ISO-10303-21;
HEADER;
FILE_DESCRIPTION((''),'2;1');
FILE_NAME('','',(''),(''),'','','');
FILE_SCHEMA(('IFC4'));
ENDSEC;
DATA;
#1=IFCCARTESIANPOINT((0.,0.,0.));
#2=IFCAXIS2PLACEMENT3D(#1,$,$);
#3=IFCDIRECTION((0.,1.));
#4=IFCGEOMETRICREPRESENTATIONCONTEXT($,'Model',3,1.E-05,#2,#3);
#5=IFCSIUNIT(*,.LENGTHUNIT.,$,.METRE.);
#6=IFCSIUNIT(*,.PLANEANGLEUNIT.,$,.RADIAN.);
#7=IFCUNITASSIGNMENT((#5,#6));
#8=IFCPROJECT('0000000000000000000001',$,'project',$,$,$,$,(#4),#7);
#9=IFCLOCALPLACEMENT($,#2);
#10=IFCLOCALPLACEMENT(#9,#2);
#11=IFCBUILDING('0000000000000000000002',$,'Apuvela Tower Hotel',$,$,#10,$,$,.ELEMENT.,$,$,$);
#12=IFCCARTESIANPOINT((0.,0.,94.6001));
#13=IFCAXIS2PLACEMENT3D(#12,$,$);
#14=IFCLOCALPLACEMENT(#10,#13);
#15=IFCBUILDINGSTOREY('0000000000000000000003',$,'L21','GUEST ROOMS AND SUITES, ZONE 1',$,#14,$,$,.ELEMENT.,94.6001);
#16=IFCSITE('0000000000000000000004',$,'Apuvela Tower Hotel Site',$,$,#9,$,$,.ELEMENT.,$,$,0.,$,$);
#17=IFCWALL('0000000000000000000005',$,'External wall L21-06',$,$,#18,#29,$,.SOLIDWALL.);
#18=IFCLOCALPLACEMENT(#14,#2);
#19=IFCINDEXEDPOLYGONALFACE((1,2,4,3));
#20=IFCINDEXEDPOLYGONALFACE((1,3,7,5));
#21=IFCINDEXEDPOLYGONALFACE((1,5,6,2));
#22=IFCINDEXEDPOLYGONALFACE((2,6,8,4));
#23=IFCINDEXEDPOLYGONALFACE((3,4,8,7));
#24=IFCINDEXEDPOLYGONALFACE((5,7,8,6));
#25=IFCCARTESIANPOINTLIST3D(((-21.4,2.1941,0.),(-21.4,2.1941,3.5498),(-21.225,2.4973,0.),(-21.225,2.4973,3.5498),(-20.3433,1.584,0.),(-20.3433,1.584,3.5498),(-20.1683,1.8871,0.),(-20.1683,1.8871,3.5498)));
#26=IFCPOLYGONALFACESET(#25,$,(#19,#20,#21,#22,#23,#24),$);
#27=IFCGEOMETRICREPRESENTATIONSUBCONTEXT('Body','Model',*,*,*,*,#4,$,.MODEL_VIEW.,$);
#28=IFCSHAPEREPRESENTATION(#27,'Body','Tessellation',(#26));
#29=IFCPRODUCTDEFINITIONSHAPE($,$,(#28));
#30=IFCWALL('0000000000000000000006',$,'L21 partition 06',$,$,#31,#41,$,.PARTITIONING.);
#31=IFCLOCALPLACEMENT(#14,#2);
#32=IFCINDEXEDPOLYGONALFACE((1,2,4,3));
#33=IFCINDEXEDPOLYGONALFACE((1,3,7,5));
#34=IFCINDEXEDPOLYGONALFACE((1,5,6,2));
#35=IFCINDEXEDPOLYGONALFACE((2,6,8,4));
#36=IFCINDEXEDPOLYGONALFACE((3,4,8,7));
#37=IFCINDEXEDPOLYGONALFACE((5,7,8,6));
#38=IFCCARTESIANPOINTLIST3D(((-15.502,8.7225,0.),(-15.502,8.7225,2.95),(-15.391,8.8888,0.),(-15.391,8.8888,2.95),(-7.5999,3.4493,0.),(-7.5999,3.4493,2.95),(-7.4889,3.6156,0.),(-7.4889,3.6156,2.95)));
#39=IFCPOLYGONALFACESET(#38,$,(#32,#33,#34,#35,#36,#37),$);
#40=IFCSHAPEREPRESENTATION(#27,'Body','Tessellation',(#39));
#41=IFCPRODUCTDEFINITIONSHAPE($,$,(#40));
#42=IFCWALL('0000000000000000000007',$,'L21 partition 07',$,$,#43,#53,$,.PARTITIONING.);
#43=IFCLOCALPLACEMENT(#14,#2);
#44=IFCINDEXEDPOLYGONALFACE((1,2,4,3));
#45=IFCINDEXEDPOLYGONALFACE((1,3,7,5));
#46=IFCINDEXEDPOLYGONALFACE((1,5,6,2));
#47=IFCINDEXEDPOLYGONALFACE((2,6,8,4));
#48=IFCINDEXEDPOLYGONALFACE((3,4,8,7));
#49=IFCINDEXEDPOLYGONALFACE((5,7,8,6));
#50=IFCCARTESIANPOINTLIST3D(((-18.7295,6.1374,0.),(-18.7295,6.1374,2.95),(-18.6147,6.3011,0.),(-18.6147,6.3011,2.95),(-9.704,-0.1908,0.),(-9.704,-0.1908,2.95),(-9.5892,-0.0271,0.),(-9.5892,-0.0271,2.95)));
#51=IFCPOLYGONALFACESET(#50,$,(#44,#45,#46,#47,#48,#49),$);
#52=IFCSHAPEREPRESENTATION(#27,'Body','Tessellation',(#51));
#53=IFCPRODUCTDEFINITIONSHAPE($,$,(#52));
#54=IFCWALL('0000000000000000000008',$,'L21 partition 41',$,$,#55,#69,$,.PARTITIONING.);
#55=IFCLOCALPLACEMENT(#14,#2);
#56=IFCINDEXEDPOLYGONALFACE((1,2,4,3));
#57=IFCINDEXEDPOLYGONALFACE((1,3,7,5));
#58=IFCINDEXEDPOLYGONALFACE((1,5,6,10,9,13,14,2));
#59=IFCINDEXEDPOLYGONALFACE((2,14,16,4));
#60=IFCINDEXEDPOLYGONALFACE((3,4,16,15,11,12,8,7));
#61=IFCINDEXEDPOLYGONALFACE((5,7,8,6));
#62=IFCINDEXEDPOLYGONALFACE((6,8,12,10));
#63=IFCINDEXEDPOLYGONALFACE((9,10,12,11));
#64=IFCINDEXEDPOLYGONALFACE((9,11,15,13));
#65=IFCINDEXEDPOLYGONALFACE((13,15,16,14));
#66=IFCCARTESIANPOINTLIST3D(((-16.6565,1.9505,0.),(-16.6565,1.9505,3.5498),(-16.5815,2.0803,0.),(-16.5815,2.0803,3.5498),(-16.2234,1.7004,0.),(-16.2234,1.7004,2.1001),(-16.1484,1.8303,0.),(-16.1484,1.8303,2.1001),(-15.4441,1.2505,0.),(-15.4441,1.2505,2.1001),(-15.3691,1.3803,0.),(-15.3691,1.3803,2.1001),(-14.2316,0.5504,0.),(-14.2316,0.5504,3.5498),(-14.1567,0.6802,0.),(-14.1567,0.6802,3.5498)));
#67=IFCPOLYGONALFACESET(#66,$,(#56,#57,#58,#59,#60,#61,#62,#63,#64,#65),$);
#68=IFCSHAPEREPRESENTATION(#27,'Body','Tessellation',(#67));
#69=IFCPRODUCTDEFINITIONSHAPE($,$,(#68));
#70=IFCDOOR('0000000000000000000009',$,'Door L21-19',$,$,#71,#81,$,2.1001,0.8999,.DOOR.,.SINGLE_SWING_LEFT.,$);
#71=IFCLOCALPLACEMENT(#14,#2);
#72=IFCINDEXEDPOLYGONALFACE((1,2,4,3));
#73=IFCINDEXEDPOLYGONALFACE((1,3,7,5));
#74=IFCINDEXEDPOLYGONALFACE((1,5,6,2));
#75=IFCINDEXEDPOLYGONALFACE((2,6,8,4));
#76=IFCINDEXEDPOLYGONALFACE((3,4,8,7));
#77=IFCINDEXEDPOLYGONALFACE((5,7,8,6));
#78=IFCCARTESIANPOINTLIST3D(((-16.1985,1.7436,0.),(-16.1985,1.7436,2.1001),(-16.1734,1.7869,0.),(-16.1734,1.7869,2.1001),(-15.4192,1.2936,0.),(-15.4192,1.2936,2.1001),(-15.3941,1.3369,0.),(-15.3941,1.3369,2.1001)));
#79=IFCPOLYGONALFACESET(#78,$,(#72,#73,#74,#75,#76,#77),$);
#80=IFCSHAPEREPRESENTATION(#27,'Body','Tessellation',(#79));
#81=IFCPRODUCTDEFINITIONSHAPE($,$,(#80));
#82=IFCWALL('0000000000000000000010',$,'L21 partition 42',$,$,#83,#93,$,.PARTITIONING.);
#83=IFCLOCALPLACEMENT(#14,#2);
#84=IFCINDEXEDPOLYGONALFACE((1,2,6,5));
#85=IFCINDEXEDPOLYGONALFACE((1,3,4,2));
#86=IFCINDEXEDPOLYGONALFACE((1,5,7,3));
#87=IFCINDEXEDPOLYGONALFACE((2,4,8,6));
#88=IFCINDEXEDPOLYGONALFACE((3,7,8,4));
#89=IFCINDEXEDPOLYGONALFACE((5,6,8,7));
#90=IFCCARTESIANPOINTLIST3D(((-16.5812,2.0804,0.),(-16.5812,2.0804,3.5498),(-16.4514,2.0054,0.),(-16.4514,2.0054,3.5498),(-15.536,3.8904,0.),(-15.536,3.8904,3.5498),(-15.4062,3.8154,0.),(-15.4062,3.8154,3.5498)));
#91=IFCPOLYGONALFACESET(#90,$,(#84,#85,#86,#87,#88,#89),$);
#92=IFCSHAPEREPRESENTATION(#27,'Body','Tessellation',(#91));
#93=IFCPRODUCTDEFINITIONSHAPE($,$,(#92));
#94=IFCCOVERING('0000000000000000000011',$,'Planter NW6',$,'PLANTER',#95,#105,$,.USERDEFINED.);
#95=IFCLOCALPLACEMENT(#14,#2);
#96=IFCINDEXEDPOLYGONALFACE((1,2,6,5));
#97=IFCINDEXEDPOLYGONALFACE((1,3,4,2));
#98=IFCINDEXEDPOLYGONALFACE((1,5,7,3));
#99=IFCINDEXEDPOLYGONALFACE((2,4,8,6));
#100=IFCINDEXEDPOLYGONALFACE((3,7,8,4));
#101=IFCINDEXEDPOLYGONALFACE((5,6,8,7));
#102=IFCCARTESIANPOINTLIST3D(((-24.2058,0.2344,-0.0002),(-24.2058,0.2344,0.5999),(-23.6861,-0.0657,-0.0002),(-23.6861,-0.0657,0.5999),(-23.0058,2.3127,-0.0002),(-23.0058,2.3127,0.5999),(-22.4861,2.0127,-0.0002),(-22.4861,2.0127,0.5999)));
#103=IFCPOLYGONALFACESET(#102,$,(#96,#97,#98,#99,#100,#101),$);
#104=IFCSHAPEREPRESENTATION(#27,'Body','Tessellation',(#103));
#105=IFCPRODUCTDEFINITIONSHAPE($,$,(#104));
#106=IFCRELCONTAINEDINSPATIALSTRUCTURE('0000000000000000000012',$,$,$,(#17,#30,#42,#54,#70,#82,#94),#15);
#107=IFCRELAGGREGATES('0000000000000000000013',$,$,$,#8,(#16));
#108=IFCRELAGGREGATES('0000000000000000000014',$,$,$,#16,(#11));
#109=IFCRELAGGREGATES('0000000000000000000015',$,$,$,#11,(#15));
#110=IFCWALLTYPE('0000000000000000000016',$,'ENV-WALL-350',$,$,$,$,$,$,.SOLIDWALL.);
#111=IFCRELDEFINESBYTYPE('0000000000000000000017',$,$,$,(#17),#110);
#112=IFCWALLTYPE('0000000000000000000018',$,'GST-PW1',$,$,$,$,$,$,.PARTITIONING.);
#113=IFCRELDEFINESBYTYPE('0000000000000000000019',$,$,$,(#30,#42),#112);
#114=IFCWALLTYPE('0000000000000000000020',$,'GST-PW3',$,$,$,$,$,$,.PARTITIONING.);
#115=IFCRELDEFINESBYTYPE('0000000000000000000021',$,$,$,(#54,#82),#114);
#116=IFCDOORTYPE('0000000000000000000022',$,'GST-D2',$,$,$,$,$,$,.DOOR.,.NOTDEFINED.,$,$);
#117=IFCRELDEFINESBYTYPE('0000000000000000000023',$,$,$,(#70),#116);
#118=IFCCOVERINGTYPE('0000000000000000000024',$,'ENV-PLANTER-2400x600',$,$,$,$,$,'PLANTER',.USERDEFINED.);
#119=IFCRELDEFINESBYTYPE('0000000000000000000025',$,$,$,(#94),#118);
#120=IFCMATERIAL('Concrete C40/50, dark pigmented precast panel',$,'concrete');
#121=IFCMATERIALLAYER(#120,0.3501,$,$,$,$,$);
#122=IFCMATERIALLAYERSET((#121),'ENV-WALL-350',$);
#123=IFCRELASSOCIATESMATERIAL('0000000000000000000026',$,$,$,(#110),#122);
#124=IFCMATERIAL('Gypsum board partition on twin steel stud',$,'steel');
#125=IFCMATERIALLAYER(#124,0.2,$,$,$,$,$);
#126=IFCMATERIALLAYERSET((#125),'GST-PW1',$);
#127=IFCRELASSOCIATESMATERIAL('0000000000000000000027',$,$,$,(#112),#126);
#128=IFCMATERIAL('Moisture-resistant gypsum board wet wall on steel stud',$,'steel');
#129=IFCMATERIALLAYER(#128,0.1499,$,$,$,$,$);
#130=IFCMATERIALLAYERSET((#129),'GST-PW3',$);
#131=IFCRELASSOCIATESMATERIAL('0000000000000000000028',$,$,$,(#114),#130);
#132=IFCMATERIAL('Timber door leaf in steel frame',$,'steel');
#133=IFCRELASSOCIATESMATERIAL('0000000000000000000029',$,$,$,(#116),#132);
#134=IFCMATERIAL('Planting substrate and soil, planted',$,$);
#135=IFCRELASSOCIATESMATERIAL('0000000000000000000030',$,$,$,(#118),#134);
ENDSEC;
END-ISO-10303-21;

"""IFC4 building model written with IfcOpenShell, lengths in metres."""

from ifc_helpers import new_model, si_unit, direction, frame, frame_2d, origin, origin_2d, place, context, subcontext, project, spatial, rectangle, extrude, material, layer, layer_set, type_object, element, fill, save


model = new_model("IFC4")

# Units and contexts
model_context = context("Model", 3, precision=1e-05, world=origin(), true_north=direction((0.0, 1.0)))
body_context = subcontext(model_context, "Body", "Model", "MODEL_VIEW")
ifc_project = project(units=[si_unit("LENGTHUNIT", "METRE"), si_unit("PLANEANGLEUNIT", "RADIAN")], contexts=[model_context])

# Site, building, storey
site_placement = place(None, origin())
site = spatial("IfcSite", under=ifc_project, at=site_placement, Name="Apuvela Tower Hotel Site", CompositionType="ELEMENT", RefElevation=0.0)
building_placement = place(site_placement, origin())
building = spatial("IfcBuilding", under=site, at=building_placement, Name="Apuvela Tower Hotel", CompositionType="ELEMENT")
storey_placement = place(building_placement, frame((0.0, 0.0, 94.6001)))
storey = spatial("IfcBuildingStorey", under=building, at=storey_placement, Name="L21", Description="GUEST ROOMS AND SUITES, ZONE 1", CompositionType="ELEMENT", Elevation=94.6001)

# Shared definitions
ifc_material_1 = material(Name="Concrete C40/50, dark pigmented precast panel", Category="concrete")
ifc_layer_1 = layer(ifc_material_1, 0.3501)
ifc_layer_set_1 = layer_set([ifc_layer_1], Name="ENV-WALL-350")
wall_type_1 = type_object("IfcWallType", Name="ENV-WALL-350", PredefinedType="SOLIDWALL", material=ifc_layer_set_1)

# Wall
wall_1_placement = place(storey_placement, frame((-21.3125, 2.3457, 0.0), z_axis=(0.0, 0.0, 1.0), x_axis=(0.866006, -0.500034, 0.0)))
element("IfcWall", 1, at=wall_1_placement, inside=storey, type_object=wall_type_1, Name="External wall L21-06", PredefinedType="SOLIDWALL", context=body_context, shape_type="SweptSolid", body=[
    extrude(rectangle(XDim=1.2202, YDim=0.3501, at=frame_2d((0.6101, 0.0))), origin(), (0.0, 0.0, 1.0), 3.5498),
])

# Walls
ifc_material_2 = material(Name="Gypsum board partition on twin steel stud", Category="steel")
ifc_layer_2 = layer(ifc_material_2, 0.2)
ifc_layer_set_2 = layer_set([ifc_layer_2], Name="GST-PW1")
wall_type_2 = type_object("IfcWallType", Name="GST-PW1", PredefinedType="PARTITIONING", material=ifc_layer_set_2)
wall_2_placement = place(storey_placement, frame((-15.4465, 8.8057, 0.0), z_axis=(0.0, 0.0, 1.0), x_axis=(0.831801, -0.555074, 0.0)))
element("IfcWall", 2, at=wall_2_placement, inside=storey, type_object=wall_type_2, Name="L21 partition 06", PredefinedType="PARTITIONING", context=body_context, shape_type="SweptSolid", body=[
    extrude(rectangle(XDim=9.5, YDim=0.2, at=frame_2d((4.75, 0.0))), origin(), (0.0, 0.0, 1.0), 2.95),
])
wall_3_placement = place(storey_placement, frame((-18.6721, 6.2192, 0.0), z_axis=(0.0, 0.0, 1.0), x_axis=(0.81879, -0.574092, 0.0)))
element("IfcWall", 3, at=wall_3_placement, inside=storey, type_object=wall_type_2, Name="L21 partition 07", PredefinedType="PARTITIONING", context=body_context, shape_type="SweptSolid", body=[
    extrude(rectangle(XDim=11.0229, YDim=0.2, at=frame_2d((5.5115, 0.0))), origin(), (0.0, 0.0, 1.0), 2.95),
])

# Wall, opening, door
ifc_material_3 = material(Name="Moisture-resistant gypsum board wet wall on steel stud", Category="steel")
ifc_layer_3 = layer(ifc_material_3, 0.1499)
ifc_layer_set_3 = layer_set([ifc_layer_3], Name="GST-PW3")
wall_type_3 = type_object("IfcWallType", Name="GST-PW3", PredefinedType="PARTITIONING", material=ifc_layer_set_3)
wall_4_placement = place(storey_placement, frame((-16.6189, 2.0154, 0.0), z_axis=(0.0, 0.0, 1.0), x_axis=(0.865997, -0.50005, 0.0)))
wall_4 = element("IfcWall", 4, at=wall_4_placement, inside=storey, type_object=wall_type_3, Name="L21 partition 41", PredefinedType="PARTITIONING", context=body_context, shape_type="SweptSolid", body=[
    extrude(rectangle(XDim=2.8, YDim=0.1499, at=frame_2d((1.3999, 0.0))), origin(), (0.0, 0.0, 1.0), 3.5498),
])
opening_1_placement = place(wall_4_placement, frame((0.5, 0.0, 0.0)))
opening_1 = element("IfcOpeningElement", 5, at=opening_1_placement, cuts=wall_4, PredefinedType="OPENING", context=body_context, shape_type="SweptSolid", body=[
    extrude(rectangle(XDim=0.8999, YDim=2.1001, at=frame_2d((0.45, 1.05))), frame((0.0, 0.085, 0.0), z_axis=(0.0, -1.0, 0.0), x_axis=(1.0, 0.0, 0.0)), (0.0, 0.0, 1.0), 0.1699),
])
ifc_material_4 = material(Name="Timber door leaf in steel frame", Category="steel")
door_type_1 = type_object("IfcDoorType", Name="GST-D2", OperationType="NOTDEFINED", PredefinedType="DOOR", material=ifc_material_4)
door_1_placement = place(opening_1_placement, origin())
door_1 = element("IfcDoor", 6, at=door_1_placement, inside=storey, type_object=door_type_1, Name="Door L21-19", OperationType="SINGLE_SWING_LEFT", OverallHeight=2.1001, OverallWidth=0.8999, PredefinedType="DOOR", context=body_context, shape_type="SweptSolid", body=[
    extrude(rectangle(XDim=0.8999, YDim=2.1001, at=frame_2d((0.45, 1.05))), frame((0.0, 0.0249, 0.0), z_axis=(0.0, -1.0, 0.0), x_axis=(1.0, 0.0, 0.0)), (0.0, 0.0, 1.0), 0.05),
])
fill(opening_1, door_1)

# Wall
wall_5_placement = place(storey_placement, frame((-15.4712, 3.8528, 0.0), z_axis=(0.0, 0.0, 1.0), x_axis=(-0.500046, -0.865999, 0.0)))
element("IfcWall", 7, at=wall_5_placement, inside=storey, type_object=wall_type_3, Name="L21 partition 42", PredefinedType="PARTITIONING", context=body_context, shape_type="SweptSolid", body=[
    extrude(rectangle(XDim=2.0901, YDim=0.1499, at=frame_2d((1.0449, 0.0))), origin(), (0.0, 0.0, 1.0), 3.5498),
])

# Covering
ifc_material_5 = material(Name="Planting substrate and soil, planted")
covering_type = type_object("IfcCoveringType", Name="ENV-PLANTER-2400x600", ElementType="PLANTER", PredefinedType="USERDEFINED", material=ifc_material_5)
covering_placement = place(storey_placement, frame((-23.3459, 1.1235, -0.0002), z_axis=(0.0, 0.0, 1.0), x_axis=(-0.5, -0.866025, 0.0)))
element("IfcCovering", 8, at=covering_placement, inside=storey, type_object=covering_type, Name="Planter NW6", ObjectType="PLANTER", PredefinedType="USERDEFINED", context=body_context, shape_type="SweptSolid", body=[
    extrude(rectangle(XDim=2.3999, YDim=0.6001, at=origin_2d()), origin(), (0.0, 0.0, 1.0), 0.6001),
])

save(model, "model.ifc")
